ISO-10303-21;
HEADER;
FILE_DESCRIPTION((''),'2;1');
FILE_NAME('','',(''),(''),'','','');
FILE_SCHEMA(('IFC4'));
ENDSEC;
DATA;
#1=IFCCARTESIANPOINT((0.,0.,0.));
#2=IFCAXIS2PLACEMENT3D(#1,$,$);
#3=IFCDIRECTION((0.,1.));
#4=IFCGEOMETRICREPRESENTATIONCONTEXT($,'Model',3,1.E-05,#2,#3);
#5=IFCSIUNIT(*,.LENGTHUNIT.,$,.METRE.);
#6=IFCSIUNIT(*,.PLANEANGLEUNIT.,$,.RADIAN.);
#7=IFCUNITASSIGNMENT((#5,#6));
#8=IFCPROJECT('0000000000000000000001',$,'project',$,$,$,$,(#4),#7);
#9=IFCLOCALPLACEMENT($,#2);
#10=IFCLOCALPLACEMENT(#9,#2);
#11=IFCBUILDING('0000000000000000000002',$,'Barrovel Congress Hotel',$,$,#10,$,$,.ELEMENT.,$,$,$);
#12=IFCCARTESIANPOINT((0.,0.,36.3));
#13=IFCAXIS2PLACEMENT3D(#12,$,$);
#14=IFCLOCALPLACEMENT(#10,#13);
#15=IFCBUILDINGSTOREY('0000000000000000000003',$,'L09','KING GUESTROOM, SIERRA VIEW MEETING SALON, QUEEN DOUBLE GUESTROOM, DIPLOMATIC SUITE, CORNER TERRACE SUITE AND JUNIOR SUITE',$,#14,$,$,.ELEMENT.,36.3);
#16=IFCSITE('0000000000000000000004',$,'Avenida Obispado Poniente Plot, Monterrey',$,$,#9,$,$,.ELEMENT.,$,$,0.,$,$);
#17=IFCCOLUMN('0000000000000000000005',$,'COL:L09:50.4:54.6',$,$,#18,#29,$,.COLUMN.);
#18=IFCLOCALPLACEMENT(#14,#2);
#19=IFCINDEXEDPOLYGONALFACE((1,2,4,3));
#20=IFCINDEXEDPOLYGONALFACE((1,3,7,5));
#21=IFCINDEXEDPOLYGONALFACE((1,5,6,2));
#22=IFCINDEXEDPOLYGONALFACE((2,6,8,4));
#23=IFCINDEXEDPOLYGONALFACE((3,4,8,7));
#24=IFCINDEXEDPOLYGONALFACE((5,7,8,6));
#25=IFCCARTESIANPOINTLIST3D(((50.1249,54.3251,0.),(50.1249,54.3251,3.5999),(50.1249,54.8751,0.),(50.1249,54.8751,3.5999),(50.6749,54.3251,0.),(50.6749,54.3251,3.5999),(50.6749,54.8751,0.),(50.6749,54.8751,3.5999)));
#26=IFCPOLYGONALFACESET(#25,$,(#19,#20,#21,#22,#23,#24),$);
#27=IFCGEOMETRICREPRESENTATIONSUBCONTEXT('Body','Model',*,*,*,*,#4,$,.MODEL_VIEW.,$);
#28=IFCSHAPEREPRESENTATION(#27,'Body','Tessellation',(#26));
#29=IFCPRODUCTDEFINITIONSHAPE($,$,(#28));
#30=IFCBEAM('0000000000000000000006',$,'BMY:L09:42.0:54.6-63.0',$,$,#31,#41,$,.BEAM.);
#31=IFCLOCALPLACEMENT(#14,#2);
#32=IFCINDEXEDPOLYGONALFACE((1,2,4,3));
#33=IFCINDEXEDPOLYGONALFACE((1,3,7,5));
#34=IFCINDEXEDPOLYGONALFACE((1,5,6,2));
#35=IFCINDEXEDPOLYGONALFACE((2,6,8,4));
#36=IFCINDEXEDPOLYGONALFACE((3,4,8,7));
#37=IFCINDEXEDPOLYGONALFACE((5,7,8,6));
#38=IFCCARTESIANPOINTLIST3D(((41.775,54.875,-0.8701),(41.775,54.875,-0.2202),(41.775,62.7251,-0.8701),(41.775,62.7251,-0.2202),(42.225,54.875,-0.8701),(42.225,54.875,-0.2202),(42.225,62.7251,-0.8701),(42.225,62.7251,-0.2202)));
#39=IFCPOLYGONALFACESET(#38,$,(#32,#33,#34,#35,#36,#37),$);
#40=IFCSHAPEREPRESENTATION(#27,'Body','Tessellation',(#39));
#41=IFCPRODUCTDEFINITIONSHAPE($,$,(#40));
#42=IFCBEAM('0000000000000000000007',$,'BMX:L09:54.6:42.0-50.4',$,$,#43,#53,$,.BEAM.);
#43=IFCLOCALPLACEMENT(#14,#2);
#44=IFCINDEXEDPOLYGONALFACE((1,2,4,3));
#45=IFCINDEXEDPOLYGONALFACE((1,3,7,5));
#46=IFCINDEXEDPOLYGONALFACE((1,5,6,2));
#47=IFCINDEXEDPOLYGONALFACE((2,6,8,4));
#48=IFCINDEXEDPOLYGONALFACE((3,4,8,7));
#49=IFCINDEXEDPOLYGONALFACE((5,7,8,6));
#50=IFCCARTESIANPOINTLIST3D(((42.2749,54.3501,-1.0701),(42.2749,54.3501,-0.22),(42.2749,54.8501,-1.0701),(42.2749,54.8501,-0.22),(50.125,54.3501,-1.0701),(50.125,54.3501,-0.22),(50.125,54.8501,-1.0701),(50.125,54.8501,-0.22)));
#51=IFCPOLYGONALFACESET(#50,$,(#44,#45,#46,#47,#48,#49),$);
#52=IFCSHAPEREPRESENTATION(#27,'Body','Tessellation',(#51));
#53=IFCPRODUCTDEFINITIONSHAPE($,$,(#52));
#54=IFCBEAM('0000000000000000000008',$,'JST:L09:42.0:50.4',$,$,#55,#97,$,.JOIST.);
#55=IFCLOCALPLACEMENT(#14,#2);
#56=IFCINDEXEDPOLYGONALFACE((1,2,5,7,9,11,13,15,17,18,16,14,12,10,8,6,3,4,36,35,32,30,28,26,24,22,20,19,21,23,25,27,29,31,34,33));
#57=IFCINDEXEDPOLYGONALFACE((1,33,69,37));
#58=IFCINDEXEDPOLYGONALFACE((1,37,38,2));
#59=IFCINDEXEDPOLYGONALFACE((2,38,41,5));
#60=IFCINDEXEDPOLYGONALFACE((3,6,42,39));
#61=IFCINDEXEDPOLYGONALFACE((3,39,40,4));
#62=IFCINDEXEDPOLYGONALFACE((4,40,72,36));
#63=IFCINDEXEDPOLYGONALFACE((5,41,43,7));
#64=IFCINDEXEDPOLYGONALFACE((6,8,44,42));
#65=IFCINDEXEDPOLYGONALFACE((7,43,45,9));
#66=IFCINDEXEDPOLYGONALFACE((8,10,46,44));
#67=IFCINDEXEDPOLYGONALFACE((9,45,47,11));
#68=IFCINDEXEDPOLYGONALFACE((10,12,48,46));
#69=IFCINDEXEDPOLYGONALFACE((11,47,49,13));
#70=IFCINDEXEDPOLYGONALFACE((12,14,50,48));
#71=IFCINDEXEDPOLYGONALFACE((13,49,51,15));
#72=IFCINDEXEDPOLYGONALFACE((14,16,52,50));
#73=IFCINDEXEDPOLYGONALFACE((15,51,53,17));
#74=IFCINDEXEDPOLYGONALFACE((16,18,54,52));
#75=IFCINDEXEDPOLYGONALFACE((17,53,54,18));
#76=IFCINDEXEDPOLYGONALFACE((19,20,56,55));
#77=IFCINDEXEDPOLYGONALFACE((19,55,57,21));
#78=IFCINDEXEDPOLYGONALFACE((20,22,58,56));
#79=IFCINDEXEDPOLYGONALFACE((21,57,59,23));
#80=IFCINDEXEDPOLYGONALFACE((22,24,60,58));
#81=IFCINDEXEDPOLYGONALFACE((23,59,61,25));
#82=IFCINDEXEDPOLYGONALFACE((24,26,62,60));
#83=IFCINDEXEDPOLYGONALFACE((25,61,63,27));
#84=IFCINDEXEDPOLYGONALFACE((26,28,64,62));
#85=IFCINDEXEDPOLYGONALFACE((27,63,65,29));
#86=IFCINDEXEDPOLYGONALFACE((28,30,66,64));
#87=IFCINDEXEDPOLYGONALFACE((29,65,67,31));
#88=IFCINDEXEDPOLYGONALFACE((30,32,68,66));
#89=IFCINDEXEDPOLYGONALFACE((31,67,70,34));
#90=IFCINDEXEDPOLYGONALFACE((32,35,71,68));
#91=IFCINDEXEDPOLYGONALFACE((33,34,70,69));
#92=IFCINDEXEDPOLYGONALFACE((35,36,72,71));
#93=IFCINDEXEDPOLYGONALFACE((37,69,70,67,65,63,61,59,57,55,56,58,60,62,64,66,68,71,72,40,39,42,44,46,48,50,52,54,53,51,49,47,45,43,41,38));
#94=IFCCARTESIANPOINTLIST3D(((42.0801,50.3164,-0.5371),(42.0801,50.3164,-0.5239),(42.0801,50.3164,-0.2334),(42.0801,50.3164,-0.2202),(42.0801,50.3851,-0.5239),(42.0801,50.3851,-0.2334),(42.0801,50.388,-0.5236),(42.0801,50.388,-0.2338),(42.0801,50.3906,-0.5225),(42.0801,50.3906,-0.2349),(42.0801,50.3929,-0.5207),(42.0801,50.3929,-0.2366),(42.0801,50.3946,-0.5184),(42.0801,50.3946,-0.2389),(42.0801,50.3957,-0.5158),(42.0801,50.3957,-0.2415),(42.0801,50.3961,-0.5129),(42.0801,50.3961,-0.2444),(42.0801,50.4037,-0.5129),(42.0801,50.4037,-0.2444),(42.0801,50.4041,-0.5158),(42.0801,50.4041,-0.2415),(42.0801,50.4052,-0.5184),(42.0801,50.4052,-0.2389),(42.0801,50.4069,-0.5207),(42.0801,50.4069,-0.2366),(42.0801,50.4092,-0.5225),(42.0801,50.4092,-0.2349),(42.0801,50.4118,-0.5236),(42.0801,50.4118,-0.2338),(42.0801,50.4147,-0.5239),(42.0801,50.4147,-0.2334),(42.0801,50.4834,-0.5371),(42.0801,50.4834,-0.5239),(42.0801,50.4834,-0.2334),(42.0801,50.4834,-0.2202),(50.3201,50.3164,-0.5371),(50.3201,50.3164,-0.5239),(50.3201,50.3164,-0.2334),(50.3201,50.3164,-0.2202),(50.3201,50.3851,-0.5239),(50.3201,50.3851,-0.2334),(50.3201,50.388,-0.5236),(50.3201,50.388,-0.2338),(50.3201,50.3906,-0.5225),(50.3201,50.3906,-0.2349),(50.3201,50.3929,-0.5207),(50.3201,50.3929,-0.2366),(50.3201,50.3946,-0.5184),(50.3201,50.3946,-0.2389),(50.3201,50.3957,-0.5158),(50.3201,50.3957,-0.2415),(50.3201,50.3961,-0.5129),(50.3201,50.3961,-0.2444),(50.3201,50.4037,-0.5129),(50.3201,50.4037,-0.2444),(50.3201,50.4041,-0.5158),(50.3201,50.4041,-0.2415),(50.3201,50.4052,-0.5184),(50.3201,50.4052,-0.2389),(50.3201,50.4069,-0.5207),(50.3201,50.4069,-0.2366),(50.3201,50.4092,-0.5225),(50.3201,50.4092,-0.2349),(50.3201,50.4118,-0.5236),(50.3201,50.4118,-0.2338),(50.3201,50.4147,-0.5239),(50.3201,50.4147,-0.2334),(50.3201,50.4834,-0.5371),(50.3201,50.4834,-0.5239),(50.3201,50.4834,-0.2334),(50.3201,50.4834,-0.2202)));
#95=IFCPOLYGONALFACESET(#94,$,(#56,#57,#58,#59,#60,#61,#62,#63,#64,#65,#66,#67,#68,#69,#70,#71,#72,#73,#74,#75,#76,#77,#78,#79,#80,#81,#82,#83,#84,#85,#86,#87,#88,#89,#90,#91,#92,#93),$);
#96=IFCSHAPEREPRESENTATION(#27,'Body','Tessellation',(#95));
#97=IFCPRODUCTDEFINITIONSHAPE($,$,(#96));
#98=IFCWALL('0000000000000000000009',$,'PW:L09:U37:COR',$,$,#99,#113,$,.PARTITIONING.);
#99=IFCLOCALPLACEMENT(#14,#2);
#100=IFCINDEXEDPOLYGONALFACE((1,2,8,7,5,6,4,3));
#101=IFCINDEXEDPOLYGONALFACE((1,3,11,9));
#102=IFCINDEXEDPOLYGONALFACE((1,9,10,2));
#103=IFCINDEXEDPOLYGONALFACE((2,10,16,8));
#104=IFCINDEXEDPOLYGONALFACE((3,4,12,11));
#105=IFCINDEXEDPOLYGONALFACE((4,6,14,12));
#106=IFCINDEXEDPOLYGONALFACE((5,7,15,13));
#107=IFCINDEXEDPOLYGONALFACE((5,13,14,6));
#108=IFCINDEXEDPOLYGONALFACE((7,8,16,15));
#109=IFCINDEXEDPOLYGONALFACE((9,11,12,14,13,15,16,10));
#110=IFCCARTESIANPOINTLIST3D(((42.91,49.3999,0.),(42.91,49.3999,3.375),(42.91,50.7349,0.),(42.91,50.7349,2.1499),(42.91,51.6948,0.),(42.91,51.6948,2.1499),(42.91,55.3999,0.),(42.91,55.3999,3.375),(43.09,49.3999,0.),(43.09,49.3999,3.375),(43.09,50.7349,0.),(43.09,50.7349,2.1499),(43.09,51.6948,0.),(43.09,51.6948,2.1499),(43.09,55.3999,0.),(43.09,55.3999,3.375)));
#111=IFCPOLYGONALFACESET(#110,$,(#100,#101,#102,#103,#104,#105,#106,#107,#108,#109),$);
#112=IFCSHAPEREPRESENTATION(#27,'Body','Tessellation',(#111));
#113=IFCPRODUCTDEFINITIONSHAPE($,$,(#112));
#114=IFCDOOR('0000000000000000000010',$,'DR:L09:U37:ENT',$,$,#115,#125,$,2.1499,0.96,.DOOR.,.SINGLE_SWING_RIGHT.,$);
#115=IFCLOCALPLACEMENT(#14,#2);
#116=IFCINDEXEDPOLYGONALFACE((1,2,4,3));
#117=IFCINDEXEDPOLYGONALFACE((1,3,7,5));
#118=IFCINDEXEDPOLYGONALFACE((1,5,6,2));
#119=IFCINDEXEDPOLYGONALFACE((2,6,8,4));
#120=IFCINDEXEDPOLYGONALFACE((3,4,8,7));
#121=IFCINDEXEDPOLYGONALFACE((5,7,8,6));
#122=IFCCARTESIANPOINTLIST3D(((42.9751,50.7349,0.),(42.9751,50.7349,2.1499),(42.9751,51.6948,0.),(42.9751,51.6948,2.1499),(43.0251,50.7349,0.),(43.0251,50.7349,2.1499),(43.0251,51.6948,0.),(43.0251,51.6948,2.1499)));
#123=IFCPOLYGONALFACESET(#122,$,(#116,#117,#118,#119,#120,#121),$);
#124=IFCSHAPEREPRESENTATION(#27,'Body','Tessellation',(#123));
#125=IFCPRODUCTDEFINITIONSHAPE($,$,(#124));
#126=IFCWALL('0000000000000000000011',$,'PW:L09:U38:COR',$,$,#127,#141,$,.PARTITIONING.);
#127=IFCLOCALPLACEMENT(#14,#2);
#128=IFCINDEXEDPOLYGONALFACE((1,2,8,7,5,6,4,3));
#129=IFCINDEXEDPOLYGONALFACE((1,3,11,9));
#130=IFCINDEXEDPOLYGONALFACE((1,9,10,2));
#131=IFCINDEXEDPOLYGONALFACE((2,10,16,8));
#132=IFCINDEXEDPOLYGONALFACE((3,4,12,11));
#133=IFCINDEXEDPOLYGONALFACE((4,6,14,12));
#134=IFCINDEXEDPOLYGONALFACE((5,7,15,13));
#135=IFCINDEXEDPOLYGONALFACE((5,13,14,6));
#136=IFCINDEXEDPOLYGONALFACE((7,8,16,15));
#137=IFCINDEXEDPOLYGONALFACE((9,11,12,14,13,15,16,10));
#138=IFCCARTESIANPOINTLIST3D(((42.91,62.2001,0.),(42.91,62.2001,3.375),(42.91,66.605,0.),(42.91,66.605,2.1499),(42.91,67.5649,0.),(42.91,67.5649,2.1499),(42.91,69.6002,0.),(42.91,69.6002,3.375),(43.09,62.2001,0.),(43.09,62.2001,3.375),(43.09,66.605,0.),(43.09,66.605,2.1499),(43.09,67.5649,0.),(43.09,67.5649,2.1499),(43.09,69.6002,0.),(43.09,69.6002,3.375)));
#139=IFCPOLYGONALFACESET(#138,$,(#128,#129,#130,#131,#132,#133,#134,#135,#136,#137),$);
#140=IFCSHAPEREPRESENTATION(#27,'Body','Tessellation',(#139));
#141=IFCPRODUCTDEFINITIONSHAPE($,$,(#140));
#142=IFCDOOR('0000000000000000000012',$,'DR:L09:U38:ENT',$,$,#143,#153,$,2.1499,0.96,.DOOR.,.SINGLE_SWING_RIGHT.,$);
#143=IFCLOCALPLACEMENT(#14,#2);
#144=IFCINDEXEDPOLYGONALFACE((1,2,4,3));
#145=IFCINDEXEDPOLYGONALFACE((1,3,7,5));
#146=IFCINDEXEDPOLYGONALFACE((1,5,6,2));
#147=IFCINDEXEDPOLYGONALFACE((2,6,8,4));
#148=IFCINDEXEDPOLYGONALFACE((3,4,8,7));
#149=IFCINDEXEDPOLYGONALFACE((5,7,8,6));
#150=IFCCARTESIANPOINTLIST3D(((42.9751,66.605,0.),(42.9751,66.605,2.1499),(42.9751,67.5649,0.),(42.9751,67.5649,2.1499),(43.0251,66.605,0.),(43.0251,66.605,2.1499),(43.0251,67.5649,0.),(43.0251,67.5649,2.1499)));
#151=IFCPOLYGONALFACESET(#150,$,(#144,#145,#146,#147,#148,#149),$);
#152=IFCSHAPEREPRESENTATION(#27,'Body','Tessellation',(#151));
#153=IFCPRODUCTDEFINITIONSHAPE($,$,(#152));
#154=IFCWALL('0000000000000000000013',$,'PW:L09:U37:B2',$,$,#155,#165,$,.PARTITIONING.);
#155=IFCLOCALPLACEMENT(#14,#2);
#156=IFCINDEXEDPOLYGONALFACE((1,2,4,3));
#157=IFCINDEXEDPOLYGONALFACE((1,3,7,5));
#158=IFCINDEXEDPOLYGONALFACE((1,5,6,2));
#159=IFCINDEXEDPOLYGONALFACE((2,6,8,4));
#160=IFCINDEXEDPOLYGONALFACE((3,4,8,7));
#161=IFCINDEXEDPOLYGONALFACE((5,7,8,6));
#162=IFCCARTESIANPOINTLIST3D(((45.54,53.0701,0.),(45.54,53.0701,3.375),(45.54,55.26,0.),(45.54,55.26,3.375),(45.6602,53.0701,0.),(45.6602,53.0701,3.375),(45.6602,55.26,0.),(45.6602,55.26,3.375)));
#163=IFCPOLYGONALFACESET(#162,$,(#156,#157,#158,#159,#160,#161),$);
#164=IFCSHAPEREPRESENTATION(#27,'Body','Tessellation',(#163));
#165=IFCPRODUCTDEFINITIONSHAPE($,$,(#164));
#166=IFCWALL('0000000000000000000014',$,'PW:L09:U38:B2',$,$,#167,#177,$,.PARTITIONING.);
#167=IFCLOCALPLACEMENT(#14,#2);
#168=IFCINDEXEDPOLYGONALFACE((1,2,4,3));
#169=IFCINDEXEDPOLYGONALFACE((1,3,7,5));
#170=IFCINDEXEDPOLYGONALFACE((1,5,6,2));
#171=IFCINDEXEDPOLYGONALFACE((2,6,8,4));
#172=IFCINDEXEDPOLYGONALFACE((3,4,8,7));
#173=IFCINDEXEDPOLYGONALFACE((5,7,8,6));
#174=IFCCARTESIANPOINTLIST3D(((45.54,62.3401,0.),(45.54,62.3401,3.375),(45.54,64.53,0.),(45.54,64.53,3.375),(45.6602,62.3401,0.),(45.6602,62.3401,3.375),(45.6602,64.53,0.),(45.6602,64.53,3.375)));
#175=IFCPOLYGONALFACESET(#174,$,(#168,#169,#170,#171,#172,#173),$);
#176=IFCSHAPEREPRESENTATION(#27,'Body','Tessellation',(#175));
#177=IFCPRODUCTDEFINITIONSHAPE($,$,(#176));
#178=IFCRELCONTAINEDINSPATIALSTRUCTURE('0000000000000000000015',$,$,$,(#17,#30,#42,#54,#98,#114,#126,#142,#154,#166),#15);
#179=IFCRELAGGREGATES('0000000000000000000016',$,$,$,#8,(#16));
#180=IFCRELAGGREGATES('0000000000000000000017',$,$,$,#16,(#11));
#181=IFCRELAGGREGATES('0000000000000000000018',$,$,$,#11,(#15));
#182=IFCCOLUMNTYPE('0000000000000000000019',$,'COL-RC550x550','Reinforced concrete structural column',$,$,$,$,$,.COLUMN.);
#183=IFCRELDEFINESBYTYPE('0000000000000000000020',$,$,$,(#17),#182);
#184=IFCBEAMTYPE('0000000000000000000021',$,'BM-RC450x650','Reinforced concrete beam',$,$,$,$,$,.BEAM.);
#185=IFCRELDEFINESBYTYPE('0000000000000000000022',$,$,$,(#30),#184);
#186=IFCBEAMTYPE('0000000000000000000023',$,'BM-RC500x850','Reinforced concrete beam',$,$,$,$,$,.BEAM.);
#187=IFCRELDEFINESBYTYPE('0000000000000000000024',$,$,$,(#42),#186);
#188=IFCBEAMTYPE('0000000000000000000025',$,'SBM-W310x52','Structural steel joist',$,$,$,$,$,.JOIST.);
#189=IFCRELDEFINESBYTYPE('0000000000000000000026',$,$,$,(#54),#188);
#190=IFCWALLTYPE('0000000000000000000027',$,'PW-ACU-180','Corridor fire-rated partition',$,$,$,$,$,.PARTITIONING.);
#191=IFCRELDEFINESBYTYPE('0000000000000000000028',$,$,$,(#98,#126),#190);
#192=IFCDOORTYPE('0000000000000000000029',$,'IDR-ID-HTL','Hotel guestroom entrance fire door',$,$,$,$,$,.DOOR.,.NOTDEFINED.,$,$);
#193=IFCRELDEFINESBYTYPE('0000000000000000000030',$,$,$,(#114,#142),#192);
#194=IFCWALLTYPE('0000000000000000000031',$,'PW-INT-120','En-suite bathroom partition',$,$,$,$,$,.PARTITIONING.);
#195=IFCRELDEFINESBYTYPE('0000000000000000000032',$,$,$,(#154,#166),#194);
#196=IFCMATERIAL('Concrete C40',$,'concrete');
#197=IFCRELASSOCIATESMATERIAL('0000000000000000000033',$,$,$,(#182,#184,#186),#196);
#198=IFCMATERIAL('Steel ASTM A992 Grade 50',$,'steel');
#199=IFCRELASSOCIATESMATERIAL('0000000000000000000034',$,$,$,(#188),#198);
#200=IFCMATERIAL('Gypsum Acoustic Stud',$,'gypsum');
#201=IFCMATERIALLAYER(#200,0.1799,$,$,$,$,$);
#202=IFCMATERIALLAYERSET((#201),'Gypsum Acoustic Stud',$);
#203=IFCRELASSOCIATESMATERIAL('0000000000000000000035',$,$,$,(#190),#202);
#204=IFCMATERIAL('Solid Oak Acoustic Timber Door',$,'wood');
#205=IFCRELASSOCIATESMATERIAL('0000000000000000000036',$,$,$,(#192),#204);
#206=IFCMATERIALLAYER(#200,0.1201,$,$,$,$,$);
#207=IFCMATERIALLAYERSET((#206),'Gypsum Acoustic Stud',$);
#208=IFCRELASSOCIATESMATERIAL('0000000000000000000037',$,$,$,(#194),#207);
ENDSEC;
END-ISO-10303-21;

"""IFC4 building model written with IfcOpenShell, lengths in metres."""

from ifc_helpers import new_model, si_unit, direction, frame, frame_2d, origin, origin_2d, place, context, subcontext, project, spatial, rectangle, i_section, extrude, material, layer, layer_set, material_profile, profile_set, type_object, element, fill, save


model = new_model("IFC4")

# Units and contexts
model_context = context("Model", 3, precision=1e-05, world=origin(), true_north=direction((0.0, 1.0)))
body_context = subcontext(model_context, "Body", "Model", "MODEL_VIEW")
ifc_project = project(units=[si_unit("LENGTHUNIT", "METRE"), si_unit("PLANEANGLEUNIT", "RADIAN")], contexts=[model_context])

# Site, building, storey
site_placement = place(None, origin())
site = spatial("IfcSite", under=ifc_project, at=site_placement, Name="Avenida Obispado Poniente Plot, Monterrey", CompositionType="ELEMENT", RefElevation=0.0)
building_placement = place(site_placement, origin())
building = spatial("IfcBuilding", under=site, at=building_placement, Name="Barrovel Congress Hotel", CompositionType="ELEMENT")
storey_placement = place(building_placement, frame((0.0, 0.0, 36.3)))
storey = spatial("IfcBuildingStorey", under=building, at=storey_placement, Name="L09", Description="KING GUESTROOM, SIERRA VIEW MEETING SALON, QUEEN DOUBLE GUESTROOM, DIPLOMATIC SUITE, CORNER TERRACE SUITE AND JUNIOR SUITE", CompositionType="ELEMENT", Elevation=36.3)

# Column
ifc_material_1 = material(Name="Concrete C40", Category="concrete")
ifc_material_profile_1 = material_profile(ifc_material_1, rectangle(XDim=0.55, YDim=0.55, at=origin_2d()), Name="RC550x550")
ifc_profile_set_1 = profile_set([ifc_material_profile_1], Name="Concrete C40")
column_type = type_object("IfcColumnType", Name="COL-RC550x550", Description="Reinforced concrete structural column", PredefinedType="COLUMN", material=ifc_profile_set_1)
column_placement = place(storey_placement, frame((50.3999, 54.6001, 0.0), z_axis=(0.0, 0.0, 1.0), x_axis=(1.0, 0.0, 0.0)))
element("IfcColumn", 1, at=column_placement, inside=storey, type_object=column_type, Name="COL:L09:50.4:54.6", PredefinedType="COLUMN", context=body_context, shape_type="SweptSolid", body=[
    extrude(rectangle(XDim=0.55, YDim=0.55, at=origin_2d()), origin(), (0.0, 0.0, 1.0), 3.5999),
])

# Beams
ifc_material_profile_2 = material_profile(ifc_material_1, rectangle(XDim=0.45, YDim=0.6499, at=origin_2d()), Name="RC450x650")
ifc_profile_set_2 = profile_set([ifc_material_profile_2], Name="Concrete C40")
beam_type_1 = type_object("IfcBeamType", Name="BM-RC450x650", Description="Reinforced concrete beam", PredefinedType="BEAM", material=ifc_profile_set_2)
beam_1_placement = place(storey_placement, frame((42.0, 54.875, -0.5452), z_axis=(0.0, 1.0, 0.0), x_axis=(-1.0, 0.0, 0.0)))
element("IfcBeam", 2, at=beam_1_placement, inside=storey, type_object=beam_type_1, Name="BMY:L09:42.0:54.6-63.0", PredefinedType="BEAM", context=body_context, shape_type="SweptSolid", body=[
    extrude(rectangle(XDim=0.45, YDim=0.6499, at=origin_2d()), origin(), (0.0, 0.0, 1.0), 7.8501),
])
ifc_material_profile_3 = material_profile(ifc_material_1, rectangle(XDim=0.5, YDim=0.8501, at=origin_2d()), Name="RC500x850")
ifc_profile_set_3 = profile_set([ifc_material_profile_3], Name="Concrete C40")
beam_type_2 = type_object("IfcBeamType", Name="BM-RC500x850", Description="Reinforced concrete beam", PredefinedType="BEAM", material=ifc_profile_set_3)
beam_2_placement = place(storey_placement, frame((42.2749, 54.6001, -0.645), z_axis=(1.0, 0.0, 0.0), x_axis=(0.0, 1.0, 0.0)))
element("IfcBeam", 3, at=beam_2_placement, inside=storey, type_object=beam_type_2, Name="BMX:L09:54.6:42.0-50.4", PredefinedType="BEAM", context=body_context, shape_type="SweptSolid", body=[
    extrude(rectangle(XDim=0.5, YDim=0.8501, at=origin_2d()), origin(), (0.0, 0.0, 1.0), 7.8501),
])
ifc_material_2 = material(Name="Steel ASTM A992 Grade 50", Category="steel")
ifc_material_profile_4 = material_profile(ifc_material_2, i_section(OverallWidth=0.167, OverallDepth=0.3169, WebThickness=0.0076, FlangeThickness=0.0132, FilletRadius=0.011, at=origin_2d()), Name="W310x52")
ifc_profile_set_4 = profile_set([ifc_material_profile_4], Name="Steel ASTM A992 Grade 50")
beam_type_3 = type_object("IfcBeamType", Name="SBM-W310x52", Description="Structural steel joist", PredefinedType="JOIST", material=ifc_profile_set_4)
beam_3_placement = place(storey_placement, frame((42.0801, 50.3999, -0.3787), z_axis=(1.0, 0.0, 0.0), x_axis=(0.0, 1.0, 0.0)))
element("IfcBeam", 4, at=beam_3_placement, inside=storey, type_object=beam_type_3, Name="JST:L09:42.0:50.4", PredefinedType="JOIST", context=body_context, shape_type="SweptSolid", body=[
    extrude(i_section(OverallWidth=0.167, OverallDepth=0.3169, WebThickness=0.0076, FlangeThickness=0.0132, FilletRadius=0.011, at=origin_2d()), origin(), (0.0, 0.0, 1.0), 8.24),
])

# Walls, openings, doors
ifc_material_3 = material(Name="Gypsum Acoustic Stud", Category="gypsum")
ifc_layer_1 = layer(ifc_material_3, 0.1799)
ifc_layer_set_1 = layer_set([ifc_layer_1], Name="Gypsum Acoustic Stud")
wall_type_1 = type_object("IfcWallType", Name="PW-ACU-180", Description="Corridor fire-rated partition", PredefinedType="PARTITIONING", material=ifc_layer_set_1)
wall_1_placement = place(storey_placement, frame((43.0, 49.3999, 0.0), z_axis=(0.0, 0.0, 1.0), x_axis=(0.0, 1.0, 0.0)))
wall_1 = element("IfcWall", 5, at=wall_1_placement, inside=storey, type_object=wall_type_1, Name="PW:L09:U37:COR", PredefinedType="PARTITIONING", context=body_context, shape_type="SweptSolid", body=[
    extrude(rectangle(XDim=6.0, YDim=0.1799, at=frame_2d((3.0, 0.0))), origin(), (0.0, 0.0, 1.0), 3.375),
])
opening_1_placement = place(wall_1_placement, frame((1.335, 0.0, 0.0)))
opening_1 = element("IfcOpeningElement", 6, at=opening_1_placement, cuts=wall_1, PredefinedType="OPENING", context=body_context, shape_type="SweptSolid", body=[
    extrude(rectangle(XDim=0.96, YDim=2.1499, at=frame_2d((0.48, 1.075))), frame((0.0, 0.1001, 0.0), z_axis=(0.0, -1.0, 0.0), x_axis=(1.0, 0.0, 0.0)), (0.0, 0.0, 1.0), 0.2),
])
ifc_material_4 = material(Name="Solid Oak Acoustic Timber Door", Category="wood")
door_type_1 = type_object("IfcDoorType", Name="IDR-ID-HTL", Description="Hotel guestroom entrance fire door", OperationType="NOTDEFINED", PredefinedType="DOOR", material=ifc_material_4)
door_1_placement = place(opening_1_placement, origin())
door_1 = element("IfcDoor", 7, at=door_1_placement, inside=storey, type_object=door_type_1, Name="DR:L09:U37:ENT", OperationType="SINGLE_SWING_RIGHT", OverallHeight=2.1499, OverallWidth=0.96, PredefinedType="DOOR", context=body_context, shape_type="SweptSolid", body=[
    extrude(rectangle(XDim=0.96, YDim=2.1499, at=frame_2d((0.48, 1.075))), frame((0.0, 0.0249, 0.0), z_axis=(0.0, -1.0, 0.0), x_axis=(1.0, 0.0, 0.0)), (0.0, 0.0, 1.0), 0.05),
])
fill(opening_1, door_1)
wall_2_placement = place(storey_placement, frame((43.0, 62.2, 0.0), z_axis=(0.0, 0.0, 1.0), x_axis=(0.0, 1.0, 0.0)))
wall_2 = element("IfcWall", 8, at=wall_2_placement, inside=storey, type_object=wall_type_1, Name="PW:L09:U38:COR", PredefinedType="PARTITIONING", context=body_context, shape_type="SweptSolid", body=[
    extrude(rectangle(XDim=7.4001, YDim=0.1799, at=frame_2d((3.7002, 0.0))), origin(), (0.0, 0.0, 1.0), 3.375),
])
opening_2_placement = place(wall_2_placement, frame((4.405, 0.0, 0.0)))
opening_2 = element("IfcOpeningElement", 9, at=opening_2_placement, cuts=wall_2, PredefinedType="OPENING", context=body_context, shape_type="SweptSolid", body=[
    extrude(rectangle(XDim=0.96, YDim=2.1499, at=frame_2d((0.48, 1.075))), frame((0.0, 0.1001, 0.0), z_axis=(0.0, -1.0, 0.0), x_axis=(1.0, 0.0, 0.0)), (0.0, 0.0, 1.0), 0.2),
])
door_2_placement = place(opening_2_placement, origin())
door_2 = element("IfcDoor", 10, at=door_2_placement, inside=storey, type_object=door_type_1, Name="DR:L09:U38:ENT", OperationType="SINGLE_SWING_RIGHT", OverallHeight=2.1499, OverallWidth=0.96, PredefinedType="DOOR", context=body_context, shape_type="SweptSolid", body=[
    extrude(rectangle(XDim=0.96, YDim=2.1499, at=frame_2d((0.48, 1.075))), frame((0.0, 0.0249, 0.0), z_axis=(0.0, -1.0, 0.0), x_axis=(1.0, 0.0, 0.0)), (0.0, 0.0, 1.0), 0.05),
])
fill(opening_2, door_2)

# Walls
ifc_layer_2 = layer(ifc_material_3, 0.1201)
ifc_layer_set_2 = layer_set([ifc_layer_2], Name="Gypsum Acoustic Stud")
wall_type_2 = type_object("IfcWallType", Name="PW-INT-120", Description="En-suite bathroom partition", PredefinedType="PARTITIONING", material=ifc_layer_set_2)
for number, where, z_axis, x_axis, name in (
    (11, (45.6001, 53.0701, 0.0), (0.0, 0.0, 1.0), (0.0, 1.0, 0.0), "PW:L09:U37:B2"),
    (12, (45.6001, 62.3401, 0.0), (0.0, 0.0, 1.0), (0.0, 1.0, 0.0), "PW:L09:U38:B2"),
):
    element("IfcWall", number, at=place(storey_placement, frame(where, z_axis=z_axis, x_axis=x_axis)), inside=storey, type_object=wall_type_2, Name=name, PredefinedType="PARTITIONING", context=body_context, shape_type="SweptSolid", body=[
        extrude(rectangle(XDim=2.1899, YDim=0.1201, at=frame_2d((1.095, 0.0))), origin(), (0.0, 0.0, 1.0), 3.375),
    ])

save(model, "model.ifc")
